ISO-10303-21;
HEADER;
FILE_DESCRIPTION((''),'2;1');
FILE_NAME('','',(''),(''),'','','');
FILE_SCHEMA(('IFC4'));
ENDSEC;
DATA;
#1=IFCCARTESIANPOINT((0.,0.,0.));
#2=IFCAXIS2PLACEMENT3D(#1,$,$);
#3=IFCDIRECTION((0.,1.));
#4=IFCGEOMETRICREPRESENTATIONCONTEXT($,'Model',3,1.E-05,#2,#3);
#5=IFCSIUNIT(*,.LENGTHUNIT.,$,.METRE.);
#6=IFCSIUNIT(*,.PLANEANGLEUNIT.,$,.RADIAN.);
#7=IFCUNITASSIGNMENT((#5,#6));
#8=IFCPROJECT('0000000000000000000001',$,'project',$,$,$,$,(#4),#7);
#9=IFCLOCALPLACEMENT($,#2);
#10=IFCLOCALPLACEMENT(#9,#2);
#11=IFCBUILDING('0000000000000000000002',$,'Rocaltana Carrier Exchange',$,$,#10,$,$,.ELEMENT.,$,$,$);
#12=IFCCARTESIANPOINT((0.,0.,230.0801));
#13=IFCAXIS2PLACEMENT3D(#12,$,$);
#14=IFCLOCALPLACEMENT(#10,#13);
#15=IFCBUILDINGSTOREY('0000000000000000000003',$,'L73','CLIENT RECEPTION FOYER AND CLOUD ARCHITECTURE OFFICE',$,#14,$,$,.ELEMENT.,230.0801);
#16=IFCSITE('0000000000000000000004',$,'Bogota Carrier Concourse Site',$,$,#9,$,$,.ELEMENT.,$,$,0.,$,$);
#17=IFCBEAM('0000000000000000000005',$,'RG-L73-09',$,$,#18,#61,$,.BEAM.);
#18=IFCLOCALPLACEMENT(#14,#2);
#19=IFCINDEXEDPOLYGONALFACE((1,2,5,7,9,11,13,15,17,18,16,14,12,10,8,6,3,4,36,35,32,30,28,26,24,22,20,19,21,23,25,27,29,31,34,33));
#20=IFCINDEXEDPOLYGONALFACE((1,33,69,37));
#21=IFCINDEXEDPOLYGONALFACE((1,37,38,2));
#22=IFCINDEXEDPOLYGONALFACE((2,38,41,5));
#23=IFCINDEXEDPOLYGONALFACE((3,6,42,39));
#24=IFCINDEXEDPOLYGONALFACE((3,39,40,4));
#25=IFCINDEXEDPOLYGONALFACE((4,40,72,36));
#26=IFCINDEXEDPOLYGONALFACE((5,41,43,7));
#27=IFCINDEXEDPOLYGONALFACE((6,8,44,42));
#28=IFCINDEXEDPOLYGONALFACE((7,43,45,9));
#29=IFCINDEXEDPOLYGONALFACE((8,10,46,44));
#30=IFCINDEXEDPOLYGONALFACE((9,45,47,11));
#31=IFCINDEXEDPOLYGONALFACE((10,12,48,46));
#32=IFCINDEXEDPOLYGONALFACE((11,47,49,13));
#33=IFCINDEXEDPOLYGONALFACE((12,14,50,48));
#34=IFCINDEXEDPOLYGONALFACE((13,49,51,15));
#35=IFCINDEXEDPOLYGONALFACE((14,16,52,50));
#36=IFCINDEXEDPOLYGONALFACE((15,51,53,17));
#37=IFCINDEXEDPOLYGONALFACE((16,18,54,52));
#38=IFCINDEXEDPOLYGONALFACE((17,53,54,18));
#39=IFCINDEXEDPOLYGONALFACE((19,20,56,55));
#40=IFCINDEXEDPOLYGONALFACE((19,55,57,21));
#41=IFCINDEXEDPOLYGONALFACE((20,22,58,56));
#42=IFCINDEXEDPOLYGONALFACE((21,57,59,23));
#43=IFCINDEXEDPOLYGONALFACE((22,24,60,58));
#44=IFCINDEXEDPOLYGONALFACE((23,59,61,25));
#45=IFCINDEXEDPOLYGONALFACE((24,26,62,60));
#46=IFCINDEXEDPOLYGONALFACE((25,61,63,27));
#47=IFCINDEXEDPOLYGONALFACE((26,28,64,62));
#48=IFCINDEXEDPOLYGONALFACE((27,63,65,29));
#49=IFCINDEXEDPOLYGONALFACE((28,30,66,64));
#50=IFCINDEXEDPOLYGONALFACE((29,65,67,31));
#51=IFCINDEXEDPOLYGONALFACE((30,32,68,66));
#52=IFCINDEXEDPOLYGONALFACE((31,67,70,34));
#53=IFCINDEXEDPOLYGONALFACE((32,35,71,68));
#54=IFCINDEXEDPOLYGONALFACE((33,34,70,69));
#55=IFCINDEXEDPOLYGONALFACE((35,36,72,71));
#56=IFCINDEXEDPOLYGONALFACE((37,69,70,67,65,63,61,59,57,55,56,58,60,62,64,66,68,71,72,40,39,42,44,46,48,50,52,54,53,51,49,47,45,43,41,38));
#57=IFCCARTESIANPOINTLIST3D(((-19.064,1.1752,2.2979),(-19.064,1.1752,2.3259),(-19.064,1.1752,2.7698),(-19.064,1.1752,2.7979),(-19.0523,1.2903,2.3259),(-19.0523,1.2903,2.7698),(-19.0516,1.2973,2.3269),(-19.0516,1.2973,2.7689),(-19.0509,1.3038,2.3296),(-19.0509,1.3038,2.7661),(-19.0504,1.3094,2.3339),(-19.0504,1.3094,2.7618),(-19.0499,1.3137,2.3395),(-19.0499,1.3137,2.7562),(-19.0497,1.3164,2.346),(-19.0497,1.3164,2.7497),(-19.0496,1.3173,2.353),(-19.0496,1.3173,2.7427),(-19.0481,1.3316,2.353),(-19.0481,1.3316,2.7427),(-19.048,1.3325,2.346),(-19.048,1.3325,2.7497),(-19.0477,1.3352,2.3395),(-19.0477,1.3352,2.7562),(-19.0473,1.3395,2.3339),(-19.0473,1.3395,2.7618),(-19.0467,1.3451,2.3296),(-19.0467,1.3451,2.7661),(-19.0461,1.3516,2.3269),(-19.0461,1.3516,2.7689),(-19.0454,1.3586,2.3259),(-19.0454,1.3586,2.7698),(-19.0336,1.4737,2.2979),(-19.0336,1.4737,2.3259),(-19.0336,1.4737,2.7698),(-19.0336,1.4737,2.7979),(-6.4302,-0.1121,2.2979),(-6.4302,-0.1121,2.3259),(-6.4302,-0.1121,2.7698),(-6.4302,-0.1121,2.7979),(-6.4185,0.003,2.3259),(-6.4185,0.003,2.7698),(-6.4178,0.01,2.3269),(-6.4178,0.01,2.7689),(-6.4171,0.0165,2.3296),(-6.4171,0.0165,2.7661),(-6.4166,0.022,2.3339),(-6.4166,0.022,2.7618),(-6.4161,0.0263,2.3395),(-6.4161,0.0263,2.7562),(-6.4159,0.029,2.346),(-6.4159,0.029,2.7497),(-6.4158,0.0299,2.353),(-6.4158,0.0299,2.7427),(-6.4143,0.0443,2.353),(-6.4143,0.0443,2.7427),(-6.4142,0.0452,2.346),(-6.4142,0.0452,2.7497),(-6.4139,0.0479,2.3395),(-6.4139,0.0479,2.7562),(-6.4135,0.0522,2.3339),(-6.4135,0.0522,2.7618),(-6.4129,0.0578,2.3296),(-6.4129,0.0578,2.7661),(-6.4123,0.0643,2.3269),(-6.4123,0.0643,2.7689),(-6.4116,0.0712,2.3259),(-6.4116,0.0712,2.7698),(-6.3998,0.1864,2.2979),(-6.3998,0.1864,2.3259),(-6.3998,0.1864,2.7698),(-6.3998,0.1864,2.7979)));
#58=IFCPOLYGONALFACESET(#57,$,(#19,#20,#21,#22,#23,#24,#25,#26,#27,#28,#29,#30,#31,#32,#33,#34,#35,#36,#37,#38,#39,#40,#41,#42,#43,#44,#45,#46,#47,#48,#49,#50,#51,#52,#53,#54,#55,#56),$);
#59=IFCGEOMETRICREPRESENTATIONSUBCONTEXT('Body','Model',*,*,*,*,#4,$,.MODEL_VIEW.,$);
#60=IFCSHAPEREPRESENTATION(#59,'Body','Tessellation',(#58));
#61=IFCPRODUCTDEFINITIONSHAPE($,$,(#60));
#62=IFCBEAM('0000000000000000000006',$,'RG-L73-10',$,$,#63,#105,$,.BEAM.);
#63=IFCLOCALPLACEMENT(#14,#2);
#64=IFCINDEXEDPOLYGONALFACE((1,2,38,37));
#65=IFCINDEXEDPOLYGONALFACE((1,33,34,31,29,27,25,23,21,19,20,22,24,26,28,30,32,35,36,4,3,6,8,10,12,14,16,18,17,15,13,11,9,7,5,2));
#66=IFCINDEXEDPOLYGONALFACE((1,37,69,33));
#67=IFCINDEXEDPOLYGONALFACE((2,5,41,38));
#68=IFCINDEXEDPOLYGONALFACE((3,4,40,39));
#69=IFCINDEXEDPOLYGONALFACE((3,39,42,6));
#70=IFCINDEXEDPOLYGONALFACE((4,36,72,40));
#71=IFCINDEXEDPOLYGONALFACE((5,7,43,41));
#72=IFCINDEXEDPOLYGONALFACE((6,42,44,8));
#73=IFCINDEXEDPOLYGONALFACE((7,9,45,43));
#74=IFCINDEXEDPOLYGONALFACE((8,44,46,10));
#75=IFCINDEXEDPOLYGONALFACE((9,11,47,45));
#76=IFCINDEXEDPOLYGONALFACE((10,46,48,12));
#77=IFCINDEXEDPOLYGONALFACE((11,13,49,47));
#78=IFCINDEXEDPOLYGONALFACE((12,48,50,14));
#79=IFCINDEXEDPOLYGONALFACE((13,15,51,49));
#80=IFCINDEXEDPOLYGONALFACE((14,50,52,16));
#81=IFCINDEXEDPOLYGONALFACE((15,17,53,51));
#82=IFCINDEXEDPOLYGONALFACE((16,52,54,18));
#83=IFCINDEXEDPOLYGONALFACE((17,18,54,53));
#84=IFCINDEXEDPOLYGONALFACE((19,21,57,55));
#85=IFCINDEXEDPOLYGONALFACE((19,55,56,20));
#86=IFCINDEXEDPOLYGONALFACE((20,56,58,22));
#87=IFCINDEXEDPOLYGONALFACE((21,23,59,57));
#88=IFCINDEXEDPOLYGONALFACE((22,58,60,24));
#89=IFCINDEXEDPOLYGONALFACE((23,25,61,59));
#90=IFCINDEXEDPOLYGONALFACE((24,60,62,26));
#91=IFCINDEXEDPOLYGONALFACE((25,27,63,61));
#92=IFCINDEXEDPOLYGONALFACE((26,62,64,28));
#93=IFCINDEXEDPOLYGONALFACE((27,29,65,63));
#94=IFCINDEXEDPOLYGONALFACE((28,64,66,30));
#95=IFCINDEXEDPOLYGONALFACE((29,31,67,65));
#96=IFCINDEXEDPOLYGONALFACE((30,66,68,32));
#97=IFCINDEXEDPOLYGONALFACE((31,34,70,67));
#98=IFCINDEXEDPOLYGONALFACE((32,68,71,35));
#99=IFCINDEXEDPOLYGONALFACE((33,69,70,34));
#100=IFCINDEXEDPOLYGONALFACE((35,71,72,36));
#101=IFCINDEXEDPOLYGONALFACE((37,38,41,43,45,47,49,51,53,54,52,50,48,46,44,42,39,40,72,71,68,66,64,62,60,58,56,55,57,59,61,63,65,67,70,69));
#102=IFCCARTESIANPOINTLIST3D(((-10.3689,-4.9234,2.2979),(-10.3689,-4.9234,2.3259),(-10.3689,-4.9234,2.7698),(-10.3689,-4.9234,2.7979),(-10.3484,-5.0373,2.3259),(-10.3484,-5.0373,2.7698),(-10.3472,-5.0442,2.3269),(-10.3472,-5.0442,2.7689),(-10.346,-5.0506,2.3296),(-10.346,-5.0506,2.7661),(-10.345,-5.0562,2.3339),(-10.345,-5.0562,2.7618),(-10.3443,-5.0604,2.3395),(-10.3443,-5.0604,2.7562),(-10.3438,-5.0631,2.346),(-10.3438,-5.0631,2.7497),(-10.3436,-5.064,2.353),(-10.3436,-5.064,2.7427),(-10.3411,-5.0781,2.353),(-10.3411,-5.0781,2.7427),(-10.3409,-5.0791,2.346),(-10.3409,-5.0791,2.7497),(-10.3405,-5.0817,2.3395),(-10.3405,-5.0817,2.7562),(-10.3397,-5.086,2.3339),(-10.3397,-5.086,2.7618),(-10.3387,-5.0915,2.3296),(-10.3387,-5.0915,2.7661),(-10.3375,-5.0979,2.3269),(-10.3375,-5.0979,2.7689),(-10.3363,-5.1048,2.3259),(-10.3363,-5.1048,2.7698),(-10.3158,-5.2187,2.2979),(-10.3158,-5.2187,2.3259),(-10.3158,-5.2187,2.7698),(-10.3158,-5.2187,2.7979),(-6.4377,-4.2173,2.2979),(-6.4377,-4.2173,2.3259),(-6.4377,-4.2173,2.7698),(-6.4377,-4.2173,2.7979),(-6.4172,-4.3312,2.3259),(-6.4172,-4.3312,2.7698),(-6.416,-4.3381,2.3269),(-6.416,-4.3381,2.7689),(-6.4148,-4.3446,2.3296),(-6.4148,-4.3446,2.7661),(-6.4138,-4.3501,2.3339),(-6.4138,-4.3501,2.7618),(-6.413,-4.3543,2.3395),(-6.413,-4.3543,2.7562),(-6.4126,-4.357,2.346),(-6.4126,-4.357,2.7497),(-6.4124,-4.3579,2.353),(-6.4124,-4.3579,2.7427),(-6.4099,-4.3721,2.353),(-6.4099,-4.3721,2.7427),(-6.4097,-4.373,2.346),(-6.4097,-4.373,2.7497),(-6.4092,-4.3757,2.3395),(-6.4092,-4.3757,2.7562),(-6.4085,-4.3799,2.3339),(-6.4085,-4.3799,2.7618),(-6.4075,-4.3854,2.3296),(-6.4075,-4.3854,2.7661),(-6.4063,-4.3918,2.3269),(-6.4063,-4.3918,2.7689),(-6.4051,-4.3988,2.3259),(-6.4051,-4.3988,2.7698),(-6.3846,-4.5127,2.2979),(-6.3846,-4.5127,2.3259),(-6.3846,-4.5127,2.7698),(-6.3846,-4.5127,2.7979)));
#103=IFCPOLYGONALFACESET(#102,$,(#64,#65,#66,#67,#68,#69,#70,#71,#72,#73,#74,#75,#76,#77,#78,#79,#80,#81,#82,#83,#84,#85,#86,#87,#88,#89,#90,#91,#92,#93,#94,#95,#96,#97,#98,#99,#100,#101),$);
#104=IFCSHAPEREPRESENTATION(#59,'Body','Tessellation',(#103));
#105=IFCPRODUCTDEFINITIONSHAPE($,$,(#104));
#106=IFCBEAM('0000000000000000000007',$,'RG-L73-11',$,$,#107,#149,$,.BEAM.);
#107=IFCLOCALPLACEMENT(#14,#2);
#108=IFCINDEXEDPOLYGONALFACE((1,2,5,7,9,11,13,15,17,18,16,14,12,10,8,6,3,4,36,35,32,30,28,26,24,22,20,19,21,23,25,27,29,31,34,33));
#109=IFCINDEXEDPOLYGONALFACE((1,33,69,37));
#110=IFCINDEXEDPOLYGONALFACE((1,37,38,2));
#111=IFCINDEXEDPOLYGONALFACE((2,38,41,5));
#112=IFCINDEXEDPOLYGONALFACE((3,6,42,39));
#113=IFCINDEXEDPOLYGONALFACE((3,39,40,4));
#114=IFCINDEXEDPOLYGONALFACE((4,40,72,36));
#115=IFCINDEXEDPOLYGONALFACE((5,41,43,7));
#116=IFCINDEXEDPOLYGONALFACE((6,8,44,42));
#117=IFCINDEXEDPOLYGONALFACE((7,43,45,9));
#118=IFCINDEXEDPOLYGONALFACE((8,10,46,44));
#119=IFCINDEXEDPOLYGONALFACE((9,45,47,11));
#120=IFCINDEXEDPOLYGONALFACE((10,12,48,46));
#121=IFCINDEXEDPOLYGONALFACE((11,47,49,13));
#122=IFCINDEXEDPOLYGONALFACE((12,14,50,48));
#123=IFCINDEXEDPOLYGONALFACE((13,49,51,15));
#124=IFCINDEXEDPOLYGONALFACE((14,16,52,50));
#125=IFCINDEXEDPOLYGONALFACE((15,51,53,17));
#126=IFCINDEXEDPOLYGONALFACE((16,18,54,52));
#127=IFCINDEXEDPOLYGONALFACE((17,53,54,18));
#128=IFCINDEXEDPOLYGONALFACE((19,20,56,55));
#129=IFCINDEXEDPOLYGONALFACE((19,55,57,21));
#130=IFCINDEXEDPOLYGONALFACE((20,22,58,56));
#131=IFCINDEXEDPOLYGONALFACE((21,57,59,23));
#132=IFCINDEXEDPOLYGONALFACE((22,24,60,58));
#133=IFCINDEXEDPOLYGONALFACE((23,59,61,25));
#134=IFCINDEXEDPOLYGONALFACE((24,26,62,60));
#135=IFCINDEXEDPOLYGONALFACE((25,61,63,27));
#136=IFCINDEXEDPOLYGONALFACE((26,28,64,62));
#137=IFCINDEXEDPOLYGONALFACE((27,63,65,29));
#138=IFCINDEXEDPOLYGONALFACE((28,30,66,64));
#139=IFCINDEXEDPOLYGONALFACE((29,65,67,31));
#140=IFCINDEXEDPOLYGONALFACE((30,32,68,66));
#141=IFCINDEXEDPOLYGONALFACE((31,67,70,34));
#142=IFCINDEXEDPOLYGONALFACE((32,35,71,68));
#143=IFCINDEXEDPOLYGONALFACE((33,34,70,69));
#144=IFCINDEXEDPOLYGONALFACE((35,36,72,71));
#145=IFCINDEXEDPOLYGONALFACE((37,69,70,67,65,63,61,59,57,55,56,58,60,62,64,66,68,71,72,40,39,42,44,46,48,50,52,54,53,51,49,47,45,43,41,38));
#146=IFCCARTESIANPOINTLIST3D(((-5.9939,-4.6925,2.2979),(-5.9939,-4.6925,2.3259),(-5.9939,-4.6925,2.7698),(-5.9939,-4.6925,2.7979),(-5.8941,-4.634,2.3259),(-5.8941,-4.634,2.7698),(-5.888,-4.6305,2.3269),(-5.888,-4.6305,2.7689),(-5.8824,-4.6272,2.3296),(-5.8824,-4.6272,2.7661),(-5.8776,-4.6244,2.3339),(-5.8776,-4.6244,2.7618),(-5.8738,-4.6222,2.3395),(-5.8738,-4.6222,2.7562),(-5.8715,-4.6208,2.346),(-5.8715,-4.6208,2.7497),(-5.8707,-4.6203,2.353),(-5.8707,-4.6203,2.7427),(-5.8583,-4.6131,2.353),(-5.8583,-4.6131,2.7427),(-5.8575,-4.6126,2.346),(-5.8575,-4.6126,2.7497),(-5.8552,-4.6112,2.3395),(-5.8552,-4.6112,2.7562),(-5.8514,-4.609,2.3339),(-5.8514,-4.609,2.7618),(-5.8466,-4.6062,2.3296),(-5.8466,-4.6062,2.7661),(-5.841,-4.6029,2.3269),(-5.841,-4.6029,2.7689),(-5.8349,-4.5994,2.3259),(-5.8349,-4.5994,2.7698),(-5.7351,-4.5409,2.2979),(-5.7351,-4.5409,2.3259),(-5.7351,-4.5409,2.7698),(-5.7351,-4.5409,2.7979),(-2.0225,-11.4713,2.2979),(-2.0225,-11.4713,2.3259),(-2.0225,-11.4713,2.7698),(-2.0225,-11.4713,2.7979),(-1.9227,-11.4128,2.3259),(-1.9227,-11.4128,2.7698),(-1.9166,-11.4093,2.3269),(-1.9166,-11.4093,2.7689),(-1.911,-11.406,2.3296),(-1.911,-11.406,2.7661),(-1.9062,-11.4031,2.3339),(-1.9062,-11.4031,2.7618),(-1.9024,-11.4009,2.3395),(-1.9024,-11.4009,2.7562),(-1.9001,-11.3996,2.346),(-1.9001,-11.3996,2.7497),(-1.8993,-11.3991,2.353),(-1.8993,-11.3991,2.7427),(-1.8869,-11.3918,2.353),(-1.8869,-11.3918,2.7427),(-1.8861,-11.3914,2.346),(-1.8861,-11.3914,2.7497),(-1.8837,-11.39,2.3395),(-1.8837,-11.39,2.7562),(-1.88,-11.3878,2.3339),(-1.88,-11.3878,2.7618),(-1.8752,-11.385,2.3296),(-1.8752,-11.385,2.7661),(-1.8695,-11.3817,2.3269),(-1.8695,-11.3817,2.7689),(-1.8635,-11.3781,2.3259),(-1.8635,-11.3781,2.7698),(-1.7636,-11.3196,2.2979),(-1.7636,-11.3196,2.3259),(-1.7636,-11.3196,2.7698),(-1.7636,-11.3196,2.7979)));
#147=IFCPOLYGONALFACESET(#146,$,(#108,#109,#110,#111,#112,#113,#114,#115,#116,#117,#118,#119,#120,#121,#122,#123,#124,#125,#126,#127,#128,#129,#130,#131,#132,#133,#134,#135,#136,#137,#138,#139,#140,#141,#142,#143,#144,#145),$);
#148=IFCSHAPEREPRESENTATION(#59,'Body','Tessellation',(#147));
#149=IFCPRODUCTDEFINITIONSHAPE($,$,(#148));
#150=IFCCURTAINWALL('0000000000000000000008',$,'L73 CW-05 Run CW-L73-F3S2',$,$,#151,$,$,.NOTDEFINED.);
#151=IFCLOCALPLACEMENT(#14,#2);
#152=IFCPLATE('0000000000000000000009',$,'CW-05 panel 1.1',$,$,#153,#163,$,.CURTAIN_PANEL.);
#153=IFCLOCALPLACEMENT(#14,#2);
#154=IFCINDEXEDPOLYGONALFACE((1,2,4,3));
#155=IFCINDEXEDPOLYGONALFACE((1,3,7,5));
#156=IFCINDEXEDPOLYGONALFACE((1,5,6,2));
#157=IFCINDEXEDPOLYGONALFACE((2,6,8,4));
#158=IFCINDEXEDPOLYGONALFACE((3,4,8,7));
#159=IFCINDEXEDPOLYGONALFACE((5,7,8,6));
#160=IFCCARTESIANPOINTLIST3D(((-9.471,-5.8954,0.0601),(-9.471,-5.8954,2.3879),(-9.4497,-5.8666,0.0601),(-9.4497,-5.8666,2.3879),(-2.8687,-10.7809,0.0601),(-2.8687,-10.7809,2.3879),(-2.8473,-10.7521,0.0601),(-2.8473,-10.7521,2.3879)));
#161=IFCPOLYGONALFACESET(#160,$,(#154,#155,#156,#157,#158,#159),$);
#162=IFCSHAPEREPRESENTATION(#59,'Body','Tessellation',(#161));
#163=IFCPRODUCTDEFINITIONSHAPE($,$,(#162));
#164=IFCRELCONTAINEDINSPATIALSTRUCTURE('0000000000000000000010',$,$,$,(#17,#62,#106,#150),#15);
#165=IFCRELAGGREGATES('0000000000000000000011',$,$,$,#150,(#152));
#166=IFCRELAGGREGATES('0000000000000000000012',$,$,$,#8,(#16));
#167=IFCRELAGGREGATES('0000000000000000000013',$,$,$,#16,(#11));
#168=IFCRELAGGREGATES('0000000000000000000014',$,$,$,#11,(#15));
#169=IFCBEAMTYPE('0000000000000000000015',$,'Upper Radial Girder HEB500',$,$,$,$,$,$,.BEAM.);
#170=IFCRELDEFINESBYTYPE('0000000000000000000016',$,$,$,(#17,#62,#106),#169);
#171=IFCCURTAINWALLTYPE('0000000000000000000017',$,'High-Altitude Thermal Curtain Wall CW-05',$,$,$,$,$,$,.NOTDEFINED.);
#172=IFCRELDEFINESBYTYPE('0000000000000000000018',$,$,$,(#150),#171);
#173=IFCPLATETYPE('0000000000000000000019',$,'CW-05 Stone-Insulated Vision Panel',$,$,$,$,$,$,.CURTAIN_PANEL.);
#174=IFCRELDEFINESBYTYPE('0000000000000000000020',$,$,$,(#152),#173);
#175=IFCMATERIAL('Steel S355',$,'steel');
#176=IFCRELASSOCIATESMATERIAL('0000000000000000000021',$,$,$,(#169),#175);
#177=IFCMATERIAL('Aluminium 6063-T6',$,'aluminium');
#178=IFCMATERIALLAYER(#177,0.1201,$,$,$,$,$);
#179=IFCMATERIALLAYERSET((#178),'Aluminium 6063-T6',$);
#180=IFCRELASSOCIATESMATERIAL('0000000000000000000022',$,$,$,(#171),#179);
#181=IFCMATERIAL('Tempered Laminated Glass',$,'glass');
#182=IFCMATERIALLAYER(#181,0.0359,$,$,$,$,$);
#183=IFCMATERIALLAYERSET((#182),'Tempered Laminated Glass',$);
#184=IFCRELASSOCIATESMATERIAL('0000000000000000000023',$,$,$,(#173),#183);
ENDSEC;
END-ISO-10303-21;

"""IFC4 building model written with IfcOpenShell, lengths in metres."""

from ifc_helpers import new_model, si_unit, direction, frame, origin, origin_2d, place, context, subcontext, project, spatial, rectangle, i_section, extrude, material, layer, layer_set, material_profile, profile_set, type_object, element, aggregate, save


model = new_model("IFC4")

# Units and contexts
model_context = context("Model", 3, precision=1e-05, world=origin(), true_north=direction((0.0, 1.0)))
body_context = subcontext(model_context, "Body", "Model", "MODEL_VIEW")
ifc_project = project(units=[si_unit("LENGTHUNIT", "METRE"), si_unit("PLANEANGLEUNIT", "RADIAN")], contexts=[model_context])

# Site, building, storey
site_placement = place(None, origin())
site = spatial("IfcSite", under=ifc_project, at=site_placement, Name="Bogota Carrier Concourse Site", CompositionType="ELEMENT", RefElevation=0.0)
building_placement = place(site_placement, origin())
building = spatial("IfcBuilding", under=site, at=building_placement, Name="Rocaltana Carrier Exchange", CompositionType="ELEMENT")
storey_placement = place(building_placement, frame((0.0, 0.0, 230.0801)))
storey = spatial("IfcBuildingStorey", under=building, at=storey_placement, Name="L73", Description="CLIENT RECEPTION FOYER AND CLOUD ARCHITECTURE OFFICE", CompositionType="ELEMENT", Elevation=230.0801)

# Beams
ifc_material_1 = material(Name="Steel S355", Category="steel")
ifc_material_profile_1 = material_profile(ifc_material_1, i_section(OverallWidth=0.3, OverallDepth=0.5, WebThickness=0.0144, FlangeThickness=0.0281, FilletRadius=0.0271, at=origin_2d()), Name="HEB500")
ifc_profile_set_1 = profile_set([ifc_material_profile_1], Name="Steel S355")
beam_type_1 = type_object("IfcBeamType", Name="Upper Radial Girder HEB500", PredefinedType="BEAM", material=ifc_profile_set_1)
beam_1_placement = place(storey_placement, frame((-6.415, 0.0371, 2.5479), z_axis=(-0.994849, 0.101373, 0.0), x_axis=(-0.101373, -0.994849, 0.0)))
element("IfcBeam", 1, at=beam_1_placement, inside=storey, type_object=beam_type_1, Name="RG-L73-09", PredefinedType="BEAM", context=body_context, shape_type="SweptSolid", body=[
    extrude(i_section(OverallWidth=0.3, OverallDepth=0.5, WebThickness=0.0144, FlangeThickness=0.0281, FilletRadius=0.0271, at=origin_2d()), origin(), (0.0, 0.0, 1.0), 12.6992),
])
beam_2_placement = place(storey_placement, frame((-6.4111, -4.365, 2.5479), z_axis=(-0.984251, -0.176776, 0.0), x_axis=(0.176776, -0.984251, 0.0)))
element("IfcBeam", 2, at=beam_2_placement, inside=storey, type_object=beam_type_1, Name="RG-L73-10", PredefinedType="BEAM", context=body_context, shape_type="SweptSolid", body=[
    extrude(i_section(OverallWidth=0.3, OverallDepth=0.5, WebThickness=0.0144, FlangeThickness=0.0281, FilletRadius=0.0271, at=origin_2d()), origin(), (0.0, 0.0, 1.0), 3.9941),
])
beam_3_placement = place(storey_placement, frame((-5.8645, -4.6167, 2.5479), z_axis=(0.505497, -0.862828, 0.0), x_axis=(0.862828, 0.505497, 0.0)))
element("IfcBeam", 3, at=beam_3_placement, inside=storey, type_object=beam_type_1, Name="RG-L73-11", PredefinedType="BEAM", context=body_context, shape_type="SweptSolid", body=[
    extrude(i_section(OverallWidth=0.3, OverallDepth=0.5, WebThickness=0.0144, FlangeThickness=0.0281, FilletRadius=0.0271, at=origin_2d()), origin(), (0.0, 0.0, 1.0), 7.8564),
])

# Curtain wall, plate
ifc_material_2 = material(Name="Aluminium 6063-T6", Category="aluminium")
ifc_layer_1 = layer(ifc_material_2, 0.1201)
ifc_layer_set_1 = layer_set([ifc_layer_1], Name="Aluminium 6063-T6")
curtain_wall_type = type_object("IfcCurtainWallType", Name="High-Altitude Thermal Curtain Wall CW-05", PredefinedType="NOTDEFINED", material=ifc_layer_set_1)
curtain_wall_placement = place(storey_placement, origin())
curtain_wall = element("IfcCurtainWall", 4, at=curtain_wall_placement, inside=storey, type_object=curtain_wall_type, Name="L73 CW-05 Run CW-L73-F3S2", PredefinedType="NOTDEFINED")
ifc_material_3 = material(Name="Tempered Laminated Glass", Category="glass")
ifc_layer_2 = layer(ifc_material_3, 0.0359)
ifc_layer_set_2 = layer_set([ifc_layer_2], Name="Tempered Laminated Glass")
plate_type = type_object("IfcPlateType", Name="CW-05 Stone-Insulated Vision Panel", PredefinedType="CURTAIN_PANEL", material=ifc_layer_set_2)
plate_placement = place(storey_placement, frame((-6.1592, -8.3237, 0.0601), z_axis=(0.0, 0.0, 1.0), x_axis=(0.803858, -0.594821, 0.0)))
plate = element("IfcPlate", 5, at=plate_placement, type_object=plate_type, Name="CW-05 panel 1.1", PredefinedType="CURTAIN_PANEL", context=body_context, shape_type="SweptSolid", body=[
    extrude(rectangle(XDim=8.2134, YDim=0.0359, at=origin_2d()), origin(), (0.0, 0.0, 1.0), 2.3279),
])
aggregate(curtain_wall, [plate])

save(model, "model.ifc")
